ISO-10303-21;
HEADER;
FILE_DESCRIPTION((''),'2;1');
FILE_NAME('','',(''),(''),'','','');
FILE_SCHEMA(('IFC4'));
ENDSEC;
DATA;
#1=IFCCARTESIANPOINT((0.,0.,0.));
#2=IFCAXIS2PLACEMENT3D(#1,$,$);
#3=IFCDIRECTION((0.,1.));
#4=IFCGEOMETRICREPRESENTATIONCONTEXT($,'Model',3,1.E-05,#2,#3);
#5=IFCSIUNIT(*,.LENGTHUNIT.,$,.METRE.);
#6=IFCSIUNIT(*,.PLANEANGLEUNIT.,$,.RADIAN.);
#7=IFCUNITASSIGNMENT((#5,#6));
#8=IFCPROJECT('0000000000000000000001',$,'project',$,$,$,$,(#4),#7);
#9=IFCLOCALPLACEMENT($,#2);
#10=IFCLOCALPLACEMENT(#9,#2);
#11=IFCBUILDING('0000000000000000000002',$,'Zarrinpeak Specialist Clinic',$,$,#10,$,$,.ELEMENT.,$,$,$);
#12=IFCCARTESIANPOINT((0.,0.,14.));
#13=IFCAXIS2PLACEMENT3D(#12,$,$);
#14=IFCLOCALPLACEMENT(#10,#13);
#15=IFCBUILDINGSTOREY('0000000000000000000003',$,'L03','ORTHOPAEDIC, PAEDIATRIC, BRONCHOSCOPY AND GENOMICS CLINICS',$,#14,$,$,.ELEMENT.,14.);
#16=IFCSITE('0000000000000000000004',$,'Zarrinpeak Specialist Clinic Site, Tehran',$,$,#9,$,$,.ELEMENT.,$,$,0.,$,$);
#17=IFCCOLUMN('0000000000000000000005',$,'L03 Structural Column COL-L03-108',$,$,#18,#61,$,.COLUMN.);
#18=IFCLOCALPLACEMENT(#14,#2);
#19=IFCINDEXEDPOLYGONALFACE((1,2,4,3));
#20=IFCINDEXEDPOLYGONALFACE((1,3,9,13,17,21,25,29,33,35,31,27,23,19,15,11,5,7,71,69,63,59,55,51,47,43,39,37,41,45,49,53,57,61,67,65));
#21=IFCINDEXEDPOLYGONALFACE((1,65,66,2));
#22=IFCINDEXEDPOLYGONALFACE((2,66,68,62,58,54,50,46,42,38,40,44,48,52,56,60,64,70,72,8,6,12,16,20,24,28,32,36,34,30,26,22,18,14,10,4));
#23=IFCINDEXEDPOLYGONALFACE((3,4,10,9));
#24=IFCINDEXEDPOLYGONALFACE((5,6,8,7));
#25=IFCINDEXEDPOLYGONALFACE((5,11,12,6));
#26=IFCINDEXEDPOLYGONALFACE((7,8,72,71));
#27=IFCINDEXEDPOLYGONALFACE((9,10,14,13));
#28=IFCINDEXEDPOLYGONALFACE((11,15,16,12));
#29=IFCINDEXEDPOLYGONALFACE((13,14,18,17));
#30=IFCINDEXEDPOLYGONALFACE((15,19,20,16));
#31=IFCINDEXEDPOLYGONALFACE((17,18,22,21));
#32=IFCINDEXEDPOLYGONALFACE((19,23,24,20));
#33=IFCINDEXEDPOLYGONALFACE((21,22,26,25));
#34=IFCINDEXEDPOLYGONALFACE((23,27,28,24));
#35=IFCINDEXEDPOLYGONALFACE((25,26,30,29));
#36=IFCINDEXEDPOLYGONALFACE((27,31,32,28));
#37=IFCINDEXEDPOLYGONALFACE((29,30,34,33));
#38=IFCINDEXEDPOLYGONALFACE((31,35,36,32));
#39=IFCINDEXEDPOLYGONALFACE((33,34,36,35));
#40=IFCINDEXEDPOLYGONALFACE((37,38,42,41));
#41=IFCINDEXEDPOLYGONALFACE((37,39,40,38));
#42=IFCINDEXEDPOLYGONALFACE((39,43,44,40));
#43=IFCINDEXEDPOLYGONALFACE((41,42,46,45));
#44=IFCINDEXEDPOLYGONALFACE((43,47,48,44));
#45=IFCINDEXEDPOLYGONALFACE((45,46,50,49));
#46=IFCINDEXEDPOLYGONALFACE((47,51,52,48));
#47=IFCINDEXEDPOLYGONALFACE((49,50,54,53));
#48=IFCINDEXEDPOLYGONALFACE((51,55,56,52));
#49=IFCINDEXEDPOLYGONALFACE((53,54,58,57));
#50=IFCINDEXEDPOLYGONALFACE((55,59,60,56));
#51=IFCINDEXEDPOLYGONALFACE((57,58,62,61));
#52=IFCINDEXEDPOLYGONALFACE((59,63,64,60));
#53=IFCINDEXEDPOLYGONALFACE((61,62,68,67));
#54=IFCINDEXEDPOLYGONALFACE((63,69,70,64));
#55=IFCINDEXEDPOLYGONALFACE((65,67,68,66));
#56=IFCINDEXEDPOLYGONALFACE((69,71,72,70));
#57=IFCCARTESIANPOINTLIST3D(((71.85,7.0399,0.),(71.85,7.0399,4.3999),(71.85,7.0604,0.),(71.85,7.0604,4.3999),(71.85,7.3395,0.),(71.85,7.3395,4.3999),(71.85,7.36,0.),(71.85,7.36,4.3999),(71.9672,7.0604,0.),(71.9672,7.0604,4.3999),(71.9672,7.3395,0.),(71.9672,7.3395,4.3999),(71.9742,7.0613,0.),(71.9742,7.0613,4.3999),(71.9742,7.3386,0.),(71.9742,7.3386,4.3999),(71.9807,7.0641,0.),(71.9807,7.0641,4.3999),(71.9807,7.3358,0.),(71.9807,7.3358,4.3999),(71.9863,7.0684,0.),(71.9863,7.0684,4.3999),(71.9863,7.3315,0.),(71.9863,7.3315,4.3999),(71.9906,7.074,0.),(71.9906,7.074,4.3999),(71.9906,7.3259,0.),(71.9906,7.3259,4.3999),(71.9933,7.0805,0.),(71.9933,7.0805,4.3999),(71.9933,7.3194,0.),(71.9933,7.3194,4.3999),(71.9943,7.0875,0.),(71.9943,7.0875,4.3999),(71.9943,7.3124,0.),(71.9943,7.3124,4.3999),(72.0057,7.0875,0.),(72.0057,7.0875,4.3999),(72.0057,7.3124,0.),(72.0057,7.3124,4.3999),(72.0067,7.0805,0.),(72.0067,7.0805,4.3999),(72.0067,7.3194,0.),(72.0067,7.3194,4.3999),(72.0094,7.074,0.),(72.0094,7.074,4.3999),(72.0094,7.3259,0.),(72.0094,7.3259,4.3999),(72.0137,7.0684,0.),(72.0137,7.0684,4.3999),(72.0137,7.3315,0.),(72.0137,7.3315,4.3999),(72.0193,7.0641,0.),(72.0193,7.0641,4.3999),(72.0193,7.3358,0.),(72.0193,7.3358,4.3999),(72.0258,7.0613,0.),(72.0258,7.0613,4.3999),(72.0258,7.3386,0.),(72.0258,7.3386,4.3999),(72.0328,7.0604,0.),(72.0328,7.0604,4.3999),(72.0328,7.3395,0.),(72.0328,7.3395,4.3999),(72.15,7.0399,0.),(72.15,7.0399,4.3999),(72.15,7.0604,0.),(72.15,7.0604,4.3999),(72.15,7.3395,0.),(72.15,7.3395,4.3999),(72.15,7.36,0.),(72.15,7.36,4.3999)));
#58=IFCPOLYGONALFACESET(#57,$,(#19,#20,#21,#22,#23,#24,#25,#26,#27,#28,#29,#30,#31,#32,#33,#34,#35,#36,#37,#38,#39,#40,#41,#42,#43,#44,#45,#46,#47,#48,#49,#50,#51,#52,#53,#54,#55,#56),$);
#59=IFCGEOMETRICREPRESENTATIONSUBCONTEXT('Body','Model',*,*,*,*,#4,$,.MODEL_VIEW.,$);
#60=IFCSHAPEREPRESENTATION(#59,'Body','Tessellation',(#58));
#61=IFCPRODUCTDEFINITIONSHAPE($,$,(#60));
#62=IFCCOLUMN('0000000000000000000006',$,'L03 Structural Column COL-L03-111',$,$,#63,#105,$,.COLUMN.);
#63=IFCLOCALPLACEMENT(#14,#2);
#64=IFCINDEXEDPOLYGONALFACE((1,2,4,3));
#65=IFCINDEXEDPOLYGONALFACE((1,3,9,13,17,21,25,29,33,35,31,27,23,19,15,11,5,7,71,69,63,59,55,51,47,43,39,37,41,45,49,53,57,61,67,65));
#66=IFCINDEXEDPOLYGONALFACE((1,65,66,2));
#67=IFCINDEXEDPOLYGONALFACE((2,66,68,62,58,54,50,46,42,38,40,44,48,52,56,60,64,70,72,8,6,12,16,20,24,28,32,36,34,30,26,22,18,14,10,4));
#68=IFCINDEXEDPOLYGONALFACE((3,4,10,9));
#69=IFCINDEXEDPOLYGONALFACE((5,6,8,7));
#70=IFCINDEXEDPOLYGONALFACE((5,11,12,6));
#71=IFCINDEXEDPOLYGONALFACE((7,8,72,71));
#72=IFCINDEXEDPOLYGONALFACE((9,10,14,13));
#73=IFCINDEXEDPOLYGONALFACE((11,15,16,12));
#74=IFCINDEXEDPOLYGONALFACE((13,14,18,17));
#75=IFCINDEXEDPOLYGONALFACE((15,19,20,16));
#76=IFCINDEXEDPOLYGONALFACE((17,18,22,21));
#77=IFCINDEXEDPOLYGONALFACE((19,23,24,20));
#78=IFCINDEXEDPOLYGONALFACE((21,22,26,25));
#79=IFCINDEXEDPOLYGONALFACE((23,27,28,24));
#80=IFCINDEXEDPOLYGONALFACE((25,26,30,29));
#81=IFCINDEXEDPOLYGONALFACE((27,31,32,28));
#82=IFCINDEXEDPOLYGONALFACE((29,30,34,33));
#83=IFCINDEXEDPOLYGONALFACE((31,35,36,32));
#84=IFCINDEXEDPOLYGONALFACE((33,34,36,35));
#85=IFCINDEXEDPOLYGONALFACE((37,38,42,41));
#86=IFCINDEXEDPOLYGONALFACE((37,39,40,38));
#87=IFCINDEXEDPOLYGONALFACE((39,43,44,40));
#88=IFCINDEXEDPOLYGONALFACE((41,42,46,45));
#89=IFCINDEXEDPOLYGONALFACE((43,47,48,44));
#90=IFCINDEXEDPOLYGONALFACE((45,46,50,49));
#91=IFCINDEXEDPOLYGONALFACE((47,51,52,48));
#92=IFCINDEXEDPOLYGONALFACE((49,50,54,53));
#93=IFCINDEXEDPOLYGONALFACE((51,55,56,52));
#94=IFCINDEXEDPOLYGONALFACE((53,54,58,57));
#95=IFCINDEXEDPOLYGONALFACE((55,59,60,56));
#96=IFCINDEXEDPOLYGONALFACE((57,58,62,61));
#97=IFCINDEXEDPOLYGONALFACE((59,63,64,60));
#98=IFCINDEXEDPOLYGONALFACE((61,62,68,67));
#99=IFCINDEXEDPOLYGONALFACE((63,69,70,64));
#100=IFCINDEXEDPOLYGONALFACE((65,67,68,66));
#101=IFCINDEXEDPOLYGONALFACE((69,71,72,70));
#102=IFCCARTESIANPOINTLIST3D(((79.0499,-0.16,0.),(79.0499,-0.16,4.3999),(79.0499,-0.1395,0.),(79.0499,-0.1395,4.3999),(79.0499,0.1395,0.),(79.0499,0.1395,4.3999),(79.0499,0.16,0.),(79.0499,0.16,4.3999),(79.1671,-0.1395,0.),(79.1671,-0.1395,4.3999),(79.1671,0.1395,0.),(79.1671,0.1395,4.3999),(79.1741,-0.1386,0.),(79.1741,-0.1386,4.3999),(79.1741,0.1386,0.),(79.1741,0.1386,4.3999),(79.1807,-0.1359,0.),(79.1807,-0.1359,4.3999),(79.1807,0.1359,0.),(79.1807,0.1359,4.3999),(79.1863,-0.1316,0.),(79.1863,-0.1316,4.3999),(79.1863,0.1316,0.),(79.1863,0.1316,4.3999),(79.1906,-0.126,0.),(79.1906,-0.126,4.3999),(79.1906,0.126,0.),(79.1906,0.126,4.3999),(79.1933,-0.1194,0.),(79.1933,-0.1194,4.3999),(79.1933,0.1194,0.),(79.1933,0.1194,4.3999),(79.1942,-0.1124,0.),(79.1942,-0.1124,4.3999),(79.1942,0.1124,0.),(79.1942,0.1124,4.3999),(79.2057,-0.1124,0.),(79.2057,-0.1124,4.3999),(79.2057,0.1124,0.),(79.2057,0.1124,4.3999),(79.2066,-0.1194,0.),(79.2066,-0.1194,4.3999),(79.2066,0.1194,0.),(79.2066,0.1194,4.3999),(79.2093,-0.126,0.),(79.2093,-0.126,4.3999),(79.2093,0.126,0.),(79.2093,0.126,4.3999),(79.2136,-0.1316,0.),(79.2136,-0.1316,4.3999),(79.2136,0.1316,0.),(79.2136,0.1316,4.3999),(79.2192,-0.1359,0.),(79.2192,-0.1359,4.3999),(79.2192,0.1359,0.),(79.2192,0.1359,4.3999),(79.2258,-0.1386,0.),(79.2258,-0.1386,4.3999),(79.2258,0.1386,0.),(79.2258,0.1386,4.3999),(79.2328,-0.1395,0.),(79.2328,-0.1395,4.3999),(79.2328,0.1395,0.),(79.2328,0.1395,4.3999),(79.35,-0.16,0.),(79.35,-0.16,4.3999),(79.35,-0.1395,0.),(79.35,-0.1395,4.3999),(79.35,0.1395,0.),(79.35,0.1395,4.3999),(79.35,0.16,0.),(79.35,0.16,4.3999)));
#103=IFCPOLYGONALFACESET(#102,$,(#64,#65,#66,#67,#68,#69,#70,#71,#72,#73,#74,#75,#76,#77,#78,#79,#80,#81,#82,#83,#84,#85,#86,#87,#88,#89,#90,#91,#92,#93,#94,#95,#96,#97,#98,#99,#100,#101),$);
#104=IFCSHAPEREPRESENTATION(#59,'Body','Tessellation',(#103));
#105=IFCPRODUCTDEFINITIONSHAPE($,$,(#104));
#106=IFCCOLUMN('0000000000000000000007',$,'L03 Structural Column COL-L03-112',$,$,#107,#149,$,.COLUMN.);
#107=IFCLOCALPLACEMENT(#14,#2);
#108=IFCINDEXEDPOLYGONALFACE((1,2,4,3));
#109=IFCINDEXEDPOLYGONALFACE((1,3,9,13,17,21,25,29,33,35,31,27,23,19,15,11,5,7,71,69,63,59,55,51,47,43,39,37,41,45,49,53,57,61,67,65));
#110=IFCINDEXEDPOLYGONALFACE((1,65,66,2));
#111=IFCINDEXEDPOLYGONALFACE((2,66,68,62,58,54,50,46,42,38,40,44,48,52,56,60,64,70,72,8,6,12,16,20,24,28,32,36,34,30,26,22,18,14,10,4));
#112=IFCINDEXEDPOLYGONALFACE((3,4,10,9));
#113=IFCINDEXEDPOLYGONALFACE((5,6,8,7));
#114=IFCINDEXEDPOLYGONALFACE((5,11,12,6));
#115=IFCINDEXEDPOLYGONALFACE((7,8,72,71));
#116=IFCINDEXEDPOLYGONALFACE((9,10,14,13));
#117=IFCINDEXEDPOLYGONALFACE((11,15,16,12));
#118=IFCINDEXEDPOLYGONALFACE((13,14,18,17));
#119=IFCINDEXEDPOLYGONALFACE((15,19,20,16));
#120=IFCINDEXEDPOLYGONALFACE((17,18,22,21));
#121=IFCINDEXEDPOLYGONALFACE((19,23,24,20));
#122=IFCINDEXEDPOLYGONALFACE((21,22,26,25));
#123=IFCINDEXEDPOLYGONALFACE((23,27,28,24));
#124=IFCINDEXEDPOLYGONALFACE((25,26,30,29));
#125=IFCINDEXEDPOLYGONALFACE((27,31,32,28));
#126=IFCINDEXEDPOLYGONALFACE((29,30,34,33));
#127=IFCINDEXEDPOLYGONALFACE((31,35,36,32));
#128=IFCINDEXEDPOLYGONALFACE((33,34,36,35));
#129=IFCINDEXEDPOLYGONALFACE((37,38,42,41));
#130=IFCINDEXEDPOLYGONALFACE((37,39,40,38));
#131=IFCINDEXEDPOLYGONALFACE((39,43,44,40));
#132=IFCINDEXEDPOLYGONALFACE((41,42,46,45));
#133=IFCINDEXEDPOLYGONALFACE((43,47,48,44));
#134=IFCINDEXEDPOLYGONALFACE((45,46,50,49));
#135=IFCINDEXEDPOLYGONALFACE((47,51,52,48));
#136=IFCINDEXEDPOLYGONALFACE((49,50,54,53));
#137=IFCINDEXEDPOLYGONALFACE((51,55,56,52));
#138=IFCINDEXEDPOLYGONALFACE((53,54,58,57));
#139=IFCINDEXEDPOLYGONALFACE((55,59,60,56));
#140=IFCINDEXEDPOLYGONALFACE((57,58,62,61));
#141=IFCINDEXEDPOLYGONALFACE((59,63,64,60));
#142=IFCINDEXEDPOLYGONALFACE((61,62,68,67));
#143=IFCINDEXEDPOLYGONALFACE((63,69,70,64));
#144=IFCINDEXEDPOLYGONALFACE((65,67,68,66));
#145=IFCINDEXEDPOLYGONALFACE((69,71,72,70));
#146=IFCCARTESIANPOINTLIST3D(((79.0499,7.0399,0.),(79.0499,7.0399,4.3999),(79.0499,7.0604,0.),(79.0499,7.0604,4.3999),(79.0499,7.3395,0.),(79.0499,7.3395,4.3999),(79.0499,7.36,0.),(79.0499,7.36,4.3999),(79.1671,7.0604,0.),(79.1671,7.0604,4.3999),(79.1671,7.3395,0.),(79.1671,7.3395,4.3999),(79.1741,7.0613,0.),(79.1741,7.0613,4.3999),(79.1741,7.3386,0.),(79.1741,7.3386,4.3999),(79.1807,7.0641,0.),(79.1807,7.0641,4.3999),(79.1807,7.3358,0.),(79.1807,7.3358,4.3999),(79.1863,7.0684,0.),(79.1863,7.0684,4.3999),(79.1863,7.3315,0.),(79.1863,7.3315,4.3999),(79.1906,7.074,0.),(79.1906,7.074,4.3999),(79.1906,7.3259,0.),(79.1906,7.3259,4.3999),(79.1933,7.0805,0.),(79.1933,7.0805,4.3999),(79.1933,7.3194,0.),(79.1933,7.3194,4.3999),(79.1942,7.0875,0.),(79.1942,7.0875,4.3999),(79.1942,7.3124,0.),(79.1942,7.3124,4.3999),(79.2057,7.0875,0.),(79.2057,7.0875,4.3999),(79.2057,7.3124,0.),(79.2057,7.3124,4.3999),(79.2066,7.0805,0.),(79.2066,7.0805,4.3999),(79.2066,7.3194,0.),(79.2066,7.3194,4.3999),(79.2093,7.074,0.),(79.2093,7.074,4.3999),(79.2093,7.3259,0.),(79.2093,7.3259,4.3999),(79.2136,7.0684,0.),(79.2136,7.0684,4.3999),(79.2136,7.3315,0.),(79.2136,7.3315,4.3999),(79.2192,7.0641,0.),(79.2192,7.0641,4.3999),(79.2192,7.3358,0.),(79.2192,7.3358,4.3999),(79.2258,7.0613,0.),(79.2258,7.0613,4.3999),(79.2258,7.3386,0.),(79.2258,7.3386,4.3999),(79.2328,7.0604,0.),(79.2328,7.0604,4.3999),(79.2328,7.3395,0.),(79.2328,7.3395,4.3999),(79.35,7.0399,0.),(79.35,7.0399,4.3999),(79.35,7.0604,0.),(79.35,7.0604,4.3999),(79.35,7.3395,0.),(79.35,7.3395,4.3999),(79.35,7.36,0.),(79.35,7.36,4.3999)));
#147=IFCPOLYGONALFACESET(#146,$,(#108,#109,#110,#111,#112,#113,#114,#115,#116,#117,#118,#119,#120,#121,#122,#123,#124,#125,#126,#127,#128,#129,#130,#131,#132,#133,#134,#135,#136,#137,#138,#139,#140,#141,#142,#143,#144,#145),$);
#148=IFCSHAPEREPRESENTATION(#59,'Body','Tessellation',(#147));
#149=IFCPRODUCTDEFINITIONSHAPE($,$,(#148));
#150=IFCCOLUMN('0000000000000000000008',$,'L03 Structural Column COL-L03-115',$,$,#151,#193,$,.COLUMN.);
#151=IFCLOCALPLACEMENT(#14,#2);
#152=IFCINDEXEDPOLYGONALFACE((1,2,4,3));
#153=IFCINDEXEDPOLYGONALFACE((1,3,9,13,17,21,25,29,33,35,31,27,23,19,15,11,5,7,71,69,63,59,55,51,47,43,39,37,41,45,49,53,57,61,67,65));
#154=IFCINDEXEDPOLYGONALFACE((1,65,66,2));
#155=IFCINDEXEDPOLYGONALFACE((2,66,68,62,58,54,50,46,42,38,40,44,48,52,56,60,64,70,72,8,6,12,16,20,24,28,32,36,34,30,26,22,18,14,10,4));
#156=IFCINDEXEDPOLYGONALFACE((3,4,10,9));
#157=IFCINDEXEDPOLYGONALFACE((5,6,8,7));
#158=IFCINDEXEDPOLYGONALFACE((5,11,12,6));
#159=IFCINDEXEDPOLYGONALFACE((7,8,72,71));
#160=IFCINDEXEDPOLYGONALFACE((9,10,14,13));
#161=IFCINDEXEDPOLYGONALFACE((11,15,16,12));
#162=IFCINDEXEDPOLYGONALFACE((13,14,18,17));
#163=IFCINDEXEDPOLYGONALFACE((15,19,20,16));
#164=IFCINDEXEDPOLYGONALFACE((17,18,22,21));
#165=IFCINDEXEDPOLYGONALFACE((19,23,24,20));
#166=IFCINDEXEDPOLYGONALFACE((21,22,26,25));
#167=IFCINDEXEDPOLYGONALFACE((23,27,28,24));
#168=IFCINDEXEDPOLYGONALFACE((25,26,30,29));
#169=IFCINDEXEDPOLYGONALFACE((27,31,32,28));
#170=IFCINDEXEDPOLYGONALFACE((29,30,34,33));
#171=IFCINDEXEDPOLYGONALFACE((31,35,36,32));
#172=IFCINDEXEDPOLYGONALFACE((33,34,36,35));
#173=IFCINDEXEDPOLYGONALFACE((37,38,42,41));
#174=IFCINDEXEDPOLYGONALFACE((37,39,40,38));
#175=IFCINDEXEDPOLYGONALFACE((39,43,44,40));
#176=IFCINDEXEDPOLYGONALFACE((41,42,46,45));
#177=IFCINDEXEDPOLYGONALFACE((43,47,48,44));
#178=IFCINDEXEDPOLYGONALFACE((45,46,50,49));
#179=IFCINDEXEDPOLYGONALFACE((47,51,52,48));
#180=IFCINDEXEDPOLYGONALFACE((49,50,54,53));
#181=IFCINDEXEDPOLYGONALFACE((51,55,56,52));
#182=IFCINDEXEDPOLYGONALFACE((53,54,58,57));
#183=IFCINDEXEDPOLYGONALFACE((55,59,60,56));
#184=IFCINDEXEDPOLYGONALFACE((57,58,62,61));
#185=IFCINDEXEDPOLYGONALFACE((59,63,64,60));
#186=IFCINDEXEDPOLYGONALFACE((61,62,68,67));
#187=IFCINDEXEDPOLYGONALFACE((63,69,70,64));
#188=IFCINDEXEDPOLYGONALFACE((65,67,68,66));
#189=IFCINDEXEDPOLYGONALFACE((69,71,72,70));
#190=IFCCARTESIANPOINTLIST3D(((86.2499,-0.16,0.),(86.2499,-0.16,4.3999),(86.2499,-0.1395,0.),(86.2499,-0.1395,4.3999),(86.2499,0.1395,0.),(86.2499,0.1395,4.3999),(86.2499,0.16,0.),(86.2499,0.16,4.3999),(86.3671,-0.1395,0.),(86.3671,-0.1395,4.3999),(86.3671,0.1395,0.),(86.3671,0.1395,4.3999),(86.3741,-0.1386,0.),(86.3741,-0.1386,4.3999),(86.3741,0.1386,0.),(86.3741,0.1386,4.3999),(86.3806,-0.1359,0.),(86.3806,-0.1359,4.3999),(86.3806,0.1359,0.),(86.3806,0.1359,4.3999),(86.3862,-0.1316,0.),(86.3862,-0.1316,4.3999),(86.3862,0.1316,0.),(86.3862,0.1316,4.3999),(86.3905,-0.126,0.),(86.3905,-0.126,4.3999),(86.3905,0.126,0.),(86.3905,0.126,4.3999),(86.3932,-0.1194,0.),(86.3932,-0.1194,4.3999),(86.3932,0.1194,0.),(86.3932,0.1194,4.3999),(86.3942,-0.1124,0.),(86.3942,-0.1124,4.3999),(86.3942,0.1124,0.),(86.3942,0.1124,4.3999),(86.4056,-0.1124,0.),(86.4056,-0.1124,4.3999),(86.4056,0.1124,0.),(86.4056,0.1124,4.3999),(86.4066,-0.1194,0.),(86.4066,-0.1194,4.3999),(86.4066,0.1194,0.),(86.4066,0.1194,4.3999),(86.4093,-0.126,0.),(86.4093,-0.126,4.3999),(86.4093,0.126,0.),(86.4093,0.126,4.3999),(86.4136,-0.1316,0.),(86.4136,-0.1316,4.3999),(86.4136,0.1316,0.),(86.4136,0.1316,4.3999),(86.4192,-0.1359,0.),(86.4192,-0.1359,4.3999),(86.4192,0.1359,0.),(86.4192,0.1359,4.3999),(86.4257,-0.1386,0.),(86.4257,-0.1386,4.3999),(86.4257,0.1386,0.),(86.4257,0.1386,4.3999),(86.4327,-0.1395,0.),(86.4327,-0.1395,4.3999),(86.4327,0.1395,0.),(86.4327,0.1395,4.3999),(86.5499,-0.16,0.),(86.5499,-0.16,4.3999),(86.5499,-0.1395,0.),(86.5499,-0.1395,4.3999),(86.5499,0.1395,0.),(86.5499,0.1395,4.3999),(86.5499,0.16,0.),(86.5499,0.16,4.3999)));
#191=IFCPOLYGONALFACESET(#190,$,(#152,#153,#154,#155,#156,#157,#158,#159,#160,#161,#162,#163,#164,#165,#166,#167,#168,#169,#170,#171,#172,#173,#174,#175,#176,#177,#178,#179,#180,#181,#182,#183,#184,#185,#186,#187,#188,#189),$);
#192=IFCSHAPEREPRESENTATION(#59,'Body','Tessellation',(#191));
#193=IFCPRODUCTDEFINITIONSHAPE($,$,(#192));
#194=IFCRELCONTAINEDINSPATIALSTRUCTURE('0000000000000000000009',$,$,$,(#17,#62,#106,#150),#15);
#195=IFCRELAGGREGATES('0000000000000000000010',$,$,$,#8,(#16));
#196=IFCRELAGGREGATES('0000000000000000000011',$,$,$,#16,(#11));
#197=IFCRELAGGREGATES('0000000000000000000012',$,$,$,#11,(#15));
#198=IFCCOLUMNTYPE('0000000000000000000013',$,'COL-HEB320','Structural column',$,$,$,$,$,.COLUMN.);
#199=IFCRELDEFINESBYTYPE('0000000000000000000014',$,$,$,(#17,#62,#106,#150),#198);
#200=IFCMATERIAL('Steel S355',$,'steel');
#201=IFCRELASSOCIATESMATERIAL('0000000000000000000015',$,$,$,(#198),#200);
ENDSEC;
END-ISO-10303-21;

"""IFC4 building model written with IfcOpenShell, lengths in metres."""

from ifc_helpers import new_model, si_unit, direction, frame, origin, origin_2d, place, context, subcontext, project, spatial, i_section, extrude, material, material_profile, profile_set, type_object, element, save


model = new_model("IFC4")

# Units and contexts
model_context = context("Model", 3, precision=1e-05, world=origin(), true_north=direction((0.0, 1.0)))
body_context = subcontext(model_context, "Body", "Model", "MODEL_VIEW")
ifc_project = project(units=[si_unit("LENGTHUNIT", "METRE"), si_unit("PLANEANGLEUNIT", "RADIAN")], contexts=[model_context])

# Site, building, storey
site_placement = place(None, origin())
site = spatial("IfcSite", under=ifc_project, at=site_placement, Name="Zarrinpeak Specialist Clinic Site, Tehran", CompositionType="ELEMENT", RefElevation=0.0)
building_placement = place(site_placement, origin())
building = spatial("IfcBuilding", under=site, at=building_placement, Name="Zarrinpeak Specialist Clinic", CompositionType="ELEMENT")
storey_placement = place(building_placement, frame((0.0, 0.0, 14.0)))
storey = spatial("IfcBuildingStorey", under=building, at=storey_placement, Name="L03", Description="ORTHOPAEDIC, PAEDIATRIC, BRONCHOSCOPY AND GENOMICS CLINICS", CompositionType="ELEMENT", Elevation=14.0)

# Columns
ifc_material_1 = material(Name="Steel S355", Category="steel")
ifc_material_profile_1 = material_profile(ifc_material_1, i_section(OverallWidth=0.3, OverallDepth=0.3201, WebThickness=0.0115, FlangeThickness=0.0205, FilletRadius=0.0271, at=origin_2d()), Name="HEB 320")
ifc_profile_set_1 = profile_set([ifc_material_profile_1], Name="Steel S355")
column_type = type_object("IfcColumnType", Name="COL-HEB320", Description="Structural column", PredefinedType="COLUMN", material=ifc_profile_set_1)
for number, where, z_axis, x_axis, name in (
    (1, (72.0, 7.2, 0.0), (0.0, 0.0, 1.0), (1.0, 0.0, 0.0), "L03 Structural Column COL-L03-108"),
    (2, (79.2, 0.0, 0.0), (0.0, 0.0, 1.0), (1.0, 0.0, 0.0), "L03 Structural Column COL-L03-111"),
    (3, (79.2, 7.2, 0.0), (0.0, 0.0, 1.0), (1.0, 0.0, 0.0), "L03 Structural Column COL-L03-112"),
    (4, (86.3999, 0.0, 0.0), (0.0, 0.0, 1.0), (1.0, 0.0, 0.0), "L03 Structural Column COL-L03-115"),
):
    element("IfcColumn", number, at=place(storey_placement, frame(where, z_axis=z_axis, x_axis=x_axis)), inside=storey, type_object=column_type, Name=name, PredefinedType="COLUMN", context=body_context, shape_type="SweptSolid", body=[
        extrude(i_section(OverallWidth=0.3, OverallDepth=0.3201, WebThickness=0.0115, FlangeThickness=0.0205, FilletRadius=0.0271, at=origin_2d()), origin(), (0.0, 0.0, 1.0), 4.3999),
    ])

save(model, "model.ifc")
